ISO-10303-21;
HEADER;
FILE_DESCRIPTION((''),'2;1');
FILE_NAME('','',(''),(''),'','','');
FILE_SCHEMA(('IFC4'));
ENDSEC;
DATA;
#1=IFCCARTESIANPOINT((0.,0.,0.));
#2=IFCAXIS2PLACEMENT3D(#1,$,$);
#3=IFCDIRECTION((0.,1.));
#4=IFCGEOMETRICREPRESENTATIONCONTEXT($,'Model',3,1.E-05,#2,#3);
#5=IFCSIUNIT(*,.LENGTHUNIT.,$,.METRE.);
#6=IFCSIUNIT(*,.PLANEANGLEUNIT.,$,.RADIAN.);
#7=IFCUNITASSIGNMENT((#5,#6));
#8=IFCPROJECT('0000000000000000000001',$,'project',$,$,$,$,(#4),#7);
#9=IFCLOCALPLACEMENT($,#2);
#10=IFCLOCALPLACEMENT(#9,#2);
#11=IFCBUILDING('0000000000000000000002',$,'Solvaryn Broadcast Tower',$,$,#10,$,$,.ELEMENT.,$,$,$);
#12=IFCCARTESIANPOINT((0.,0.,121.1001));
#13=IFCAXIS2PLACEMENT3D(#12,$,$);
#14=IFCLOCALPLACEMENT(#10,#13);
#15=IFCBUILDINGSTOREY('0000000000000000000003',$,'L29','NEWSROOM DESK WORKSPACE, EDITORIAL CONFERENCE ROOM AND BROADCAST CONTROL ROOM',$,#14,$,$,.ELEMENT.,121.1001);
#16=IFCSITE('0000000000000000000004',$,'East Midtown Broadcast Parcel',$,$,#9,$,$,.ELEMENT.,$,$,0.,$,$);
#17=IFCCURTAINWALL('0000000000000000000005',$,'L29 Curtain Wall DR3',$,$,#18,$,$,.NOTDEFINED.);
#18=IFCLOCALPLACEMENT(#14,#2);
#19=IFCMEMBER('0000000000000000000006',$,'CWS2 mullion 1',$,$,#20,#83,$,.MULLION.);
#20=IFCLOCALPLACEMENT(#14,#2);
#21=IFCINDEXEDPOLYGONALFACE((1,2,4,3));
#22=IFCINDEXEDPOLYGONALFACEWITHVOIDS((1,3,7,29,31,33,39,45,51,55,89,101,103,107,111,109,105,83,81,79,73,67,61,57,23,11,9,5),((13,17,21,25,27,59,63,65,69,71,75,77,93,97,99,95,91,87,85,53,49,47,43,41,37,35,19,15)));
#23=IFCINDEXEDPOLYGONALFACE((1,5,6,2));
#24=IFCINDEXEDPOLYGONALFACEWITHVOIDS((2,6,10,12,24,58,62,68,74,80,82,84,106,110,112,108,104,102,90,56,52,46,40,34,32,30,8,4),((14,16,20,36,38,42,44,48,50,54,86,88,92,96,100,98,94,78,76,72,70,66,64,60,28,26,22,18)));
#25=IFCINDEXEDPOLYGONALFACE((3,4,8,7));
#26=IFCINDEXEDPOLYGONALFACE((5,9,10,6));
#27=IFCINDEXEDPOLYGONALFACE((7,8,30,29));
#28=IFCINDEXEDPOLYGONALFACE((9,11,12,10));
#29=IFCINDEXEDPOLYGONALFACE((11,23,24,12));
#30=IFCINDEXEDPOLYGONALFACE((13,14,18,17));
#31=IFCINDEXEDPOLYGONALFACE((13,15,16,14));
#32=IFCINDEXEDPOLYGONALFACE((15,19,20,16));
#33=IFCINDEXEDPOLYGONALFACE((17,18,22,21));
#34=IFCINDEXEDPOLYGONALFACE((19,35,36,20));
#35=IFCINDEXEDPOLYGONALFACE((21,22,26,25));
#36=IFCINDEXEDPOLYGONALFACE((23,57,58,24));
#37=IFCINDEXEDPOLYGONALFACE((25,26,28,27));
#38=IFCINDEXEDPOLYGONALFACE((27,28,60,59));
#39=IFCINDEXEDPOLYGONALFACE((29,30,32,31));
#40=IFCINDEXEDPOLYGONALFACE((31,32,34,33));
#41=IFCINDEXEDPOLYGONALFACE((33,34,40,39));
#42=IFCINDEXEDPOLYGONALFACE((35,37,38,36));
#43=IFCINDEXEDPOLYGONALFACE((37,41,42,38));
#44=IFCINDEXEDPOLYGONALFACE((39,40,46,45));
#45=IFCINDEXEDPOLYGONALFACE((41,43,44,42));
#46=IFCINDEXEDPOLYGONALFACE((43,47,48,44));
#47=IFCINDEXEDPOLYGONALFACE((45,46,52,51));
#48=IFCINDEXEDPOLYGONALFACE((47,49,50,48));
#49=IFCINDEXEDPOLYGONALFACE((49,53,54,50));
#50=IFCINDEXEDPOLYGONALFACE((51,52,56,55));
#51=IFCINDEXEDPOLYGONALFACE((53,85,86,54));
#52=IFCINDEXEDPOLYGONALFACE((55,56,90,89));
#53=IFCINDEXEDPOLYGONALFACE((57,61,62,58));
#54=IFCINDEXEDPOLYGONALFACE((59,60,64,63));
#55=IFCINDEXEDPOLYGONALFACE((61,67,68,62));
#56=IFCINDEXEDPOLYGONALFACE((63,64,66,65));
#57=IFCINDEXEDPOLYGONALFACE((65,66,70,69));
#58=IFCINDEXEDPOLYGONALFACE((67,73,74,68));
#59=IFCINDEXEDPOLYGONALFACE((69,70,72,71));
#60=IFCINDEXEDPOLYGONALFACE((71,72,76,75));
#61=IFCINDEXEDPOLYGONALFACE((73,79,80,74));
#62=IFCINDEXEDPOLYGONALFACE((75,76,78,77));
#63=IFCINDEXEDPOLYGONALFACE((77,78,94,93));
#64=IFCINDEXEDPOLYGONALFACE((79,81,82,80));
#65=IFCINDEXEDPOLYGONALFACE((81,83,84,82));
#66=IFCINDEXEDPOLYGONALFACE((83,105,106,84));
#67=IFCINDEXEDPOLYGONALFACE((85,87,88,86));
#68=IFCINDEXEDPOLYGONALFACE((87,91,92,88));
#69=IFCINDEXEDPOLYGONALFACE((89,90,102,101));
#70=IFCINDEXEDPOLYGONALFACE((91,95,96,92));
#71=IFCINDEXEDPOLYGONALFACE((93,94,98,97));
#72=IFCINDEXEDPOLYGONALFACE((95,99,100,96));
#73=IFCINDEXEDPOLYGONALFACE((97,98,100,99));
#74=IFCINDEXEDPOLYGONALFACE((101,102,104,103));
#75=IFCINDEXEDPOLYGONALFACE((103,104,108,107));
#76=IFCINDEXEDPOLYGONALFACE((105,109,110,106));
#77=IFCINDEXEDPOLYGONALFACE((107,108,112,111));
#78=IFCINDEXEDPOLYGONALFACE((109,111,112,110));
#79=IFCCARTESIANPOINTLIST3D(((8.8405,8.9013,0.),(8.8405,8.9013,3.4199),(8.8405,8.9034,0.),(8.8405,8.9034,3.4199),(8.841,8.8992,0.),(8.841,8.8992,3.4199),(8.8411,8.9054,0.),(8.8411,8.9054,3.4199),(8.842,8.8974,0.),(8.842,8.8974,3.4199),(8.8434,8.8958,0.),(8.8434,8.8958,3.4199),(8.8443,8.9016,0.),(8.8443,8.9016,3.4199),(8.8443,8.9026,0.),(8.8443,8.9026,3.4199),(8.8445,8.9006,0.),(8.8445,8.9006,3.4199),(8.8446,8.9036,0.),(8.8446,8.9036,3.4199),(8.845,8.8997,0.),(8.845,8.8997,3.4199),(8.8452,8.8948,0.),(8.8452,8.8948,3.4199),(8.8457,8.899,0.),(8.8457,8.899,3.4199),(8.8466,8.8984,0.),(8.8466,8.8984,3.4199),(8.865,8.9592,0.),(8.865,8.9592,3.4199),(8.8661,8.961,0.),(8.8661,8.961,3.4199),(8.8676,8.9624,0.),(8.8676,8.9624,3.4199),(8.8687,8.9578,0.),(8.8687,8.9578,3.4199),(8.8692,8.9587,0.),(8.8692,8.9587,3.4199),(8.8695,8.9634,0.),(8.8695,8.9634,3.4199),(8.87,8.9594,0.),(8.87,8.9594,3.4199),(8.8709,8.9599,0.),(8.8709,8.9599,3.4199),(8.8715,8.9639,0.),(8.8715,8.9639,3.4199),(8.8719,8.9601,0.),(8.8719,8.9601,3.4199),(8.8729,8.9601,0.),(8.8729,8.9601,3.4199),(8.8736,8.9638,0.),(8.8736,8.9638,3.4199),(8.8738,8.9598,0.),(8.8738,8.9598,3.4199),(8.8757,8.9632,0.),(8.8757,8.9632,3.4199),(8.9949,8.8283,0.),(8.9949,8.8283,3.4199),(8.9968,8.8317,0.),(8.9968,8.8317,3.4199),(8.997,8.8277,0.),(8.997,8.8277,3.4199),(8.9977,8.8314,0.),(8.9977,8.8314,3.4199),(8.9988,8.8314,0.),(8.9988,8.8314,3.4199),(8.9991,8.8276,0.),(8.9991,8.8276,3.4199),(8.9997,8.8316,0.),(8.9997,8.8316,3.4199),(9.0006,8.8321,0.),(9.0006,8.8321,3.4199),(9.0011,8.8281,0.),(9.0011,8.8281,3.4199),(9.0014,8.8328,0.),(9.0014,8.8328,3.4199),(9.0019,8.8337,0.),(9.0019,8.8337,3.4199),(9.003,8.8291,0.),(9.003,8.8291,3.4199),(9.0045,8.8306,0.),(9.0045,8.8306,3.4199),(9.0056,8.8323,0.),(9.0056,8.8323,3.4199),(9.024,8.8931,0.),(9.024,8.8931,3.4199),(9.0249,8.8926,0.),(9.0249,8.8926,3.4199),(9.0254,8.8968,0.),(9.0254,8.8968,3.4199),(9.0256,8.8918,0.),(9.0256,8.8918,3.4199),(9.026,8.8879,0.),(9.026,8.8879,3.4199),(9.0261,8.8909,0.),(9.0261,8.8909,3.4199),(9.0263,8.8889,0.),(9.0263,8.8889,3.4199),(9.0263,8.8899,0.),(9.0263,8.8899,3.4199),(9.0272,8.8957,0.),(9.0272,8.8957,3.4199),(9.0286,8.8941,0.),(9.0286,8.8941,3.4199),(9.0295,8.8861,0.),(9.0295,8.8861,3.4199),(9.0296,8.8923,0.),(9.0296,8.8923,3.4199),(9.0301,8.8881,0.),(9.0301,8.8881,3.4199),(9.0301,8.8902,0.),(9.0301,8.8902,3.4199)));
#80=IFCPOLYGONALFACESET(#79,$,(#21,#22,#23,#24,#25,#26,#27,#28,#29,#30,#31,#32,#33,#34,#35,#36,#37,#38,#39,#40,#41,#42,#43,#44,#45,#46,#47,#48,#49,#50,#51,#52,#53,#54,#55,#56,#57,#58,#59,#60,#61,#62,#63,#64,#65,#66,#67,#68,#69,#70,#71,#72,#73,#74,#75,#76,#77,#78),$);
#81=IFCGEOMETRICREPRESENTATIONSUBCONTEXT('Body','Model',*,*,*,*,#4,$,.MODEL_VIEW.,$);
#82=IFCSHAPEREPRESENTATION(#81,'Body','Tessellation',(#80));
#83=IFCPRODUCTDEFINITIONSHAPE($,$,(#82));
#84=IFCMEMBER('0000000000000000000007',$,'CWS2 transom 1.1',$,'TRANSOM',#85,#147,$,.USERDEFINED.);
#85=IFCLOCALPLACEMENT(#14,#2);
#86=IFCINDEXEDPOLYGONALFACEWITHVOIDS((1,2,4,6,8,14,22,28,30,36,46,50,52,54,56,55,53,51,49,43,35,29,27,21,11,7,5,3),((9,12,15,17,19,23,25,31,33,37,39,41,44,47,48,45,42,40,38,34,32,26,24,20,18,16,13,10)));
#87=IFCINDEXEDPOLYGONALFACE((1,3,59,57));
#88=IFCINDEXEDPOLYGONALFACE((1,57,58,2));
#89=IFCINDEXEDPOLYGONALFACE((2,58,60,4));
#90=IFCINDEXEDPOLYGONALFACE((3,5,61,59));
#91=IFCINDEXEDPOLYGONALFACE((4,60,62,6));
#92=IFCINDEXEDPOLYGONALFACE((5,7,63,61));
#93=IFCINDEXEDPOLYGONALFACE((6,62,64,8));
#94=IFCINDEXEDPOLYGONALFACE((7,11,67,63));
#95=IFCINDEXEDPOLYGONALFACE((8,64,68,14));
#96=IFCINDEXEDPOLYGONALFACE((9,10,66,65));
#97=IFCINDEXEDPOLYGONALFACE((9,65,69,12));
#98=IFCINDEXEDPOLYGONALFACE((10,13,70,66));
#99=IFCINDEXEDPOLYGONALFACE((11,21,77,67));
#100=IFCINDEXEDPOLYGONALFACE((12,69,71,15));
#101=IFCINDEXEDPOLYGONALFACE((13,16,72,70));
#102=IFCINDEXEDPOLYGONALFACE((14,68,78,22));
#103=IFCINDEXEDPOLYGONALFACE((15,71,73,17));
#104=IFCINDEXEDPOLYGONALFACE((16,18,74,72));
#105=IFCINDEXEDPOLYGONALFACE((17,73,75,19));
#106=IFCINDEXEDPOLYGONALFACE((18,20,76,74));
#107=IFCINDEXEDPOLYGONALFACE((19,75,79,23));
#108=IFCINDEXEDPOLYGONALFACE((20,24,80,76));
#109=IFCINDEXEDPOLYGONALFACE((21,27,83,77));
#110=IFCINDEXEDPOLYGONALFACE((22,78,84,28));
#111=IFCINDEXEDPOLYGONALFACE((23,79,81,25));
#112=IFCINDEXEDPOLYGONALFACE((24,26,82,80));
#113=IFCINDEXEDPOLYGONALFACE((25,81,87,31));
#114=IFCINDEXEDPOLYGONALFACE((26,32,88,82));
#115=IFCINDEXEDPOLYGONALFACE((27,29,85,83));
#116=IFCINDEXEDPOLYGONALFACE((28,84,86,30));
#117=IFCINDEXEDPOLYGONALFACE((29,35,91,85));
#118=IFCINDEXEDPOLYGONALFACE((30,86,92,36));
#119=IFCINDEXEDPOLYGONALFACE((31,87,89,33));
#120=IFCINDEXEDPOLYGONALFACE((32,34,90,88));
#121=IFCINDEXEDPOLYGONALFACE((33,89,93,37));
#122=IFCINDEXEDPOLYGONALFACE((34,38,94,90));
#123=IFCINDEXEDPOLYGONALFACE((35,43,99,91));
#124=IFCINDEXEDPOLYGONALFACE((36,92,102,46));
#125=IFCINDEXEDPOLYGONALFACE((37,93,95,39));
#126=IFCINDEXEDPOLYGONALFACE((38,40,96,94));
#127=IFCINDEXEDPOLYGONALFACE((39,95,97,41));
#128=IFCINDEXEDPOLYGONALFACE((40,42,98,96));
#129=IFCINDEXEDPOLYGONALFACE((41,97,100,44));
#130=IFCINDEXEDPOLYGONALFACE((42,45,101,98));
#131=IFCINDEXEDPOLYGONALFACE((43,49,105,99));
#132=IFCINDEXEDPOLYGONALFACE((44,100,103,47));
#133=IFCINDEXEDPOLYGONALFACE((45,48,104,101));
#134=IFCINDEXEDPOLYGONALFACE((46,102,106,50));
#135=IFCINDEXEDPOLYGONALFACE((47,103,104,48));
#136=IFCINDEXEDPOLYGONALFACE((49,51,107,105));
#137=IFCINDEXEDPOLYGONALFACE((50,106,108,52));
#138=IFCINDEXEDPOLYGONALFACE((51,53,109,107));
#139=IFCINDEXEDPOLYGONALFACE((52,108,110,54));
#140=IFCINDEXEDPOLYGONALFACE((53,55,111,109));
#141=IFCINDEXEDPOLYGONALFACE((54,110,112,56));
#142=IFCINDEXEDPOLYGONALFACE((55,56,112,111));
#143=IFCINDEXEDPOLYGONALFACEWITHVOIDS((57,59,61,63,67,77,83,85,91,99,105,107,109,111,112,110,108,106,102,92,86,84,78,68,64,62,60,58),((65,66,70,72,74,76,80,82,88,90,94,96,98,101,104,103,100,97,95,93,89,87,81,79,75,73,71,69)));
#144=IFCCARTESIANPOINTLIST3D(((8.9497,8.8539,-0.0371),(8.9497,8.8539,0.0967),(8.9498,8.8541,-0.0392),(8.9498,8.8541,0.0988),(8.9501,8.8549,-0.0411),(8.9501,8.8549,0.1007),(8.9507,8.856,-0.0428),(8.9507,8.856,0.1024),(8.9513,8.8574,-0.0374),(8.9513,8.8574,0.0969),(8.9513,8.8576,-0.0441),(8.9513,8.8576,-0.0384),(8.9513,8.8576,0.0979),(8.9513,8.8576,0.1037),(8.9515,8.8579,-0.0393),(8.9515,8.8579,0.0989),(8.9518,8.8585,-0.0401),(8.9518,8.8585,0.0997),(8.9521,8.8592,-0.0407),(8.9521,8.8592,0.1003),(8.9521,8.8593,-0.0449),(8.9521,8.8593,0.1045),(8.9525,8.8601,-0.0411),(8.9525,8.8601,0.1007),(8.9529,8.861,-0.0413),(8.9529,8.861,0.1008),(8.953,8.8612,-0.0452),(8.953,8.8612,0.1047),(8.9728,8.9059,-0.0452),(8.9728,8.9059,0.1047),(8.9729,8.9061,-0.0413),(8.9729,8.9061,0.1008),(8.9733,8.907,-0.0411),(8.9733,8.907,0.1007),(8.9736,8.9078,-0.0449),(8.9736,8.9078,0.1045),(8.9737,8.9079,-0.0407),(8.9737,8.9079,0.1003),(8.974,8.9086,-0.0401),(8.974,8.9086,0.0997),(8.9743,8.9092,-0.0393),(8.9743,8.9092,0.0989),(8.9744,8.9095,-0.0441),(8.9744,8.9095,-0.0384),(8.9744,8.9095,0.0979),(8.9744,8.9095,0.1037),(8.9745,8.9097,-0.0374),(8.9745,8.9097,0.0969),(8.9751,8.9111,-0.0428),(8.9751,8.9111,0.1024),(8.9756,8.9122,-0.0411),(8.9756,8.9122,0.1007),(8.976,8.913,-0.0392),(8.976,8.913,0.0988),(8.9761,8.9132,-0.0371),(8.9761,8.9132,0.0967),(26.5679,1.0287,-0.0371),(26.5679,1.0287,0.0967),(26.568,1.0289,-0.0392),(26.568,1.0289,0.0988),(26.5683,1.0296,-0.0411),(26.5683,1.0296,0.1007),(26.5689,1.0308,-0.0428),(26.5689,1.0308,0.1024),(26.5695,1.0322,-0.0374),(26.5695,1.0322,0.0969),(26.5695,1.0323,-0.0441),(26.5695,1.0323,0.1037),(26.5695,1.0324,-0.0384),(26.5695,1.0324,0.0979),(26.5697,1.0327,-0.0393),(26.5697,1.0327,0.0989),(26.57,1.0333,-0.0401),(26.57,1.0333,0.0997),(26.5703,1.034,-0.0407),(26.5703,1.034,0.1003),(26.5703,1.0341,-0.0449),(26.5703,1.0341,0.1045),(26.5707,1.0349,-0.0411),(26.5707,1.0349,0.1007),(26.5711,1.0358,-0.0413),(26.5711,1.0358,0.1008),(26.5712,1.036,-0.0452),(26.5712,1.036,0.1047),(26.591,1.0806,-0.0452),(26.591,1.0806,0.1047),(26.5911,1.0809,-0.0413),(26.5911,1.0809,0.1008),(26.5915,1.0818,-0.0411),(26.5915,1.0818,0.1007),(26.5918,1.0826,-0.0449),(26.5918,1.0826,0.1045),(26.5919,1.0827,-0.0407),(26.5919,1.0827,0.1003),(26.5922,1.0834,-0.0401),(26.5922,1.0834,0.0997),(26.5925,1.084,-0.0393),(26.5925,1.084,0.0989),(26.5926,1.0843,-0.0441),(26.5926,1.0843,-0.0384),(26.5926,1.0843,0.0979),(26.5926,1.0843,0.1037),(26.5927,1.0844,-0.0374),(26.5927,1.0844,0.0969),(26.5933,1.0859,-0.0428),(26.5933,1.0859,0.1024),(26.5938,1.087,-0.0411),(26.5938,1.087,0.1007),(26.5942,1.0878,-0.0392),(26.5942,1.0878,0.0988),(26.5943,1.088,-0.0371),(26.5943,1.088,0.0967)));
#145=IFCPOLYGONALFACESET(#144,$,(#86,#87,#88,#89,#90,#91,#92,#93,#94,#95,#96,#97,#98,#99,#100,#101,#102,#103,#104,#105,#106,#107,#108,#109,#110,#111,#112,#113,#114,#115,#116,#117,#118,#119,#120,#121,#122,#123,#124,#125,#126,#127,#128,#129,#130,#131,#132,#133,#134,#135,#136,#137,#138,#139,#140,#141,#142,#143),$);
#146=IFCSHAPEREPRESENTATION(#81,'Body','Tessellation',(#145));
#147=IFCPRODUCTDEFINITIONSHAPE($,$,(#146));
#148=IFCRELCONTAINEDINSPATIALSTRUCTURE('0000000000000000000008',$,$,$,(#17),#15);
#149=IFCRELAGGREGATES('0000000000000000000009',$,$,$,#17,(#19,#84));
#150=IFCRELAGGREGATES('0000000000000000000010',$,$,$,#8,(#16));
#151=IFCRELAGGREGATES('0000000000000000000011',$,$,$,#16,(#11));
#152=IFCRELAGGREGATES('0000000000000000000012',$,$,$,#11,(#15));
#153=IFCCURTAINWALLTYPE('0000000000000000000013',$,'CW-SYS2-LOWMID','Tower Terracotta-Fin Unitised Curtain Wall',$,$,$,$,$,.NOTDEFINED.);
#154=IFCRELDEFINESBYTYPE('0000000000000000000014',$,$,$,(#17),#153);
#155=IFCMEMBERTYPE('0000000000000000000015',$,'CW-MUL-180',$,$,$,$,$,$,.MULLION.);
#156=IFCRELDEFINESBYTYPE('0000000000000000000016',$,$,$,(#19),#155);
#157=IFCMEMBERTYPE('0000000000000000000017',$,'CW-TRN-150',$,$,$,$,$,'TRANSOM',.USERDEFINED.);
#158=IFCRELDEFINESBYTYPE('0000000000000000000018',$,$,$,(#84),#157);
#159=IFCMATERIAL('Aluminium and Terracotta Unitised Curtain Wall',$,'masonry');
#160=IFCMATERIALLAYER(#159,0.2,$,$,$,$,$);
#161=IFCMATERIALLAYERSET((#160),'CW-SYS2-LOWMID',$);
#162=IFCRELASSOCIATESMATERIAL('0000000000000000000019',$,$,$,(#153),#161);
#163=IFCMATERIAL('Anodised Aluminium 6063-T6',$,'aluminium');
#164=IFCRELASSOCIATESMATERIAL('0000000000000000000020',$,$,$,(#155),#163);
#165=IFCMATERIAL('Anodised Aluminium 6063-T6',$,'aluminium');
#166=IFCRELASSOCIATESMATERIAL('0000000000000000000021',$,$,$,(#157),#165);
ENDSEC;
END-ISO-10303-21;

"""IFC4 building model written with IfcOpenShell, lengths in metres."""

from ifc_helpers import new_model, si_unit, direction, frame, origin, origin_2d, place, context, subcontext, project, spatial, hollow_rectangle, extrude, material, layer, layer_set, material_profile, profile_set, type_object, element, aggregate, save


model = new_model("IFC4")

# Units and contexts
model_context = context("Model", 3, precision=1e-05, world=origin(), true_north=direction((0.0, 1.0)))
body_context = subcontext(model_context, "Body", "Model", "MODEL_VIEW")
ifc_project = project(units=[si_unit("LENGTHUNIT", "METRE"), si_unit("PLANEANGLEUNIT", "RADIAN")], contexts=[model_context])

# Site, building, storey
site_placement = place(None, origin())
site = spatial("IfcSite", under=ifc_project, at=site_placement, Name="East Midtown Broadcast Parcel", CompositionType="ELEMENT", RefElevation=0.0)
building_placement = place(site_placement, origin())
building = spatial("IfcBuilding", under=site, at=building_placement, Name="Solvaryn Broadcast Tower", CompositionType="ELEMENT")
storey_placement = place(building_placement, frame((0.0, 0.0, 121.1001)))
storey = spatial("IfcBuildingStorey", under=building, at=storey_placement, Name="L29", Description="NEWSROOM DESK WORKSPACE, EDITORIAL CONFERENCE ROOM AND BROADCAST CONTROL ROOM", CompositionType="ELEMENT", Elevation=121.1001)

# Shared definitions
ifc_material_1 = material(Name="Aluminium and Terracotta Unitised Curtain Wall", Category="masonry")
ifc_layer_1 = layer(ifc_material_1, 0.2)
ifc_layer_set_1 = layer_set([ifc_layer_1], Name="CW-SYS2-LOWMID")
curtain_wall_type = type_object("IfcCurtainWallType", Name="CW-SYS2-LOWMID", Description="Tower Terracotta-Fin Unitised Curtain Wall", PredefinedType="NOTDEFINED", material=ifc_layer_set_1)
ifc_material_2 = material(Name="Anodised Aluminium 6063-T6", Category="aluminium")
ifc_material_profile_1 = material_profile(ifc_material_2, hollow_rectangle(XDim=0.075, YDim=0.1799, WallThickness=0.0039, InnerFilletRadius=0.0039, OuterFilletRadius=0.0081, at=origin_2d()))
ifc_profile_set_1 = profile_set([ifc_material_profile_1], Name="Anodised Aluminium 6063-T6")
member_type_1 = type_object("IfcMemberType", Name="CW-MUL-180", PredefinedType="MULLION", material=ifc_profile_set_1)

# Curtain wall, members
curtain_wall_1_placement = place(storey_placement, origin())
curtain_wall_1 = element("IfcCurtainWall", 1, at=curtain_wall_1_placement, inside=storey, type_object=curtain_wall_type, Name="L29 Curtain Wall DR3", PredefinedType="NOTDEFINED")
member_1_placement = place(storey_placement, frame((8.9353, 8.8958, 0.0), z_axis=(0.0, 0.0, 1.0), x_axis=(0.405918, 0.913909, 0.0)))
member_1 = element("IfcMember", 2, at=member_1_placement, type_object=member_type_1, Name="CWS2 mullion 1", PredefinedType="MULLION", context=body_context, shape_type="SweptSolid", body=[
    extrude(hollow_rectangle(XDim=0.075, YDim=0.1799, WallThickness=0.0039, InnerFilletRadius=0.0039, OuterFilletRadius=0.0081, at=origin_2d()), origin(), (0.0, 0.0, 1.0), 3.4199),
])
ifc_material_3 = material(Name="Anodised Aluminium 6063-T6", Category="aluminium")
ifc_material_profile_2 = material_profile(ifc_material_3, hollow_rectangle(XDim=0.0649, YDim=0.1499, WallThickness=0.0039, InnerFilletRadius=0.0039, OuterFilletRadius=0.0081, at=origin_2d()))
ifc_profile_set_2 = profile_set([ifc_material_profile_2], Name="Anodised Aluminium 6063-T6")
member_type_2 = type_object("IfcMemberType", Name="CW-TRN-150", ElementType="TRANSOM", PredefinedType="USERDEFINED", material=ifc_profile_set_2)
member_2_placement = place(storey_placement, frame((8.9629, 8.8835, 0.0298), z_axis=(0.91391, -0.405918, 0.0), x_axis=(0.405918, 0.91391, 0.0)))
member_2 = element("IfcMember", 3, at=member_2_placement, type_object=member_type_2, Name="CWS2 transom 1.1", ObjectType="TRANSOM", PredefinedType="USERDEFINED", context=body_context, shape_type="SweptSolid", body=[
    extrude(hollow_rectangle(XDim=0.0649, YDim=0.1499, WallThickness=0.0039, InnerFilletRadius=0.0039, OuterFilletRadius=0.0081, at=origin_2d()), origin(), (0.0, 0.0, 1.0), 19.2778),
])
aggregate(curtain_wall_1, [member_1, member_2])

save(model, "model.ifc")
